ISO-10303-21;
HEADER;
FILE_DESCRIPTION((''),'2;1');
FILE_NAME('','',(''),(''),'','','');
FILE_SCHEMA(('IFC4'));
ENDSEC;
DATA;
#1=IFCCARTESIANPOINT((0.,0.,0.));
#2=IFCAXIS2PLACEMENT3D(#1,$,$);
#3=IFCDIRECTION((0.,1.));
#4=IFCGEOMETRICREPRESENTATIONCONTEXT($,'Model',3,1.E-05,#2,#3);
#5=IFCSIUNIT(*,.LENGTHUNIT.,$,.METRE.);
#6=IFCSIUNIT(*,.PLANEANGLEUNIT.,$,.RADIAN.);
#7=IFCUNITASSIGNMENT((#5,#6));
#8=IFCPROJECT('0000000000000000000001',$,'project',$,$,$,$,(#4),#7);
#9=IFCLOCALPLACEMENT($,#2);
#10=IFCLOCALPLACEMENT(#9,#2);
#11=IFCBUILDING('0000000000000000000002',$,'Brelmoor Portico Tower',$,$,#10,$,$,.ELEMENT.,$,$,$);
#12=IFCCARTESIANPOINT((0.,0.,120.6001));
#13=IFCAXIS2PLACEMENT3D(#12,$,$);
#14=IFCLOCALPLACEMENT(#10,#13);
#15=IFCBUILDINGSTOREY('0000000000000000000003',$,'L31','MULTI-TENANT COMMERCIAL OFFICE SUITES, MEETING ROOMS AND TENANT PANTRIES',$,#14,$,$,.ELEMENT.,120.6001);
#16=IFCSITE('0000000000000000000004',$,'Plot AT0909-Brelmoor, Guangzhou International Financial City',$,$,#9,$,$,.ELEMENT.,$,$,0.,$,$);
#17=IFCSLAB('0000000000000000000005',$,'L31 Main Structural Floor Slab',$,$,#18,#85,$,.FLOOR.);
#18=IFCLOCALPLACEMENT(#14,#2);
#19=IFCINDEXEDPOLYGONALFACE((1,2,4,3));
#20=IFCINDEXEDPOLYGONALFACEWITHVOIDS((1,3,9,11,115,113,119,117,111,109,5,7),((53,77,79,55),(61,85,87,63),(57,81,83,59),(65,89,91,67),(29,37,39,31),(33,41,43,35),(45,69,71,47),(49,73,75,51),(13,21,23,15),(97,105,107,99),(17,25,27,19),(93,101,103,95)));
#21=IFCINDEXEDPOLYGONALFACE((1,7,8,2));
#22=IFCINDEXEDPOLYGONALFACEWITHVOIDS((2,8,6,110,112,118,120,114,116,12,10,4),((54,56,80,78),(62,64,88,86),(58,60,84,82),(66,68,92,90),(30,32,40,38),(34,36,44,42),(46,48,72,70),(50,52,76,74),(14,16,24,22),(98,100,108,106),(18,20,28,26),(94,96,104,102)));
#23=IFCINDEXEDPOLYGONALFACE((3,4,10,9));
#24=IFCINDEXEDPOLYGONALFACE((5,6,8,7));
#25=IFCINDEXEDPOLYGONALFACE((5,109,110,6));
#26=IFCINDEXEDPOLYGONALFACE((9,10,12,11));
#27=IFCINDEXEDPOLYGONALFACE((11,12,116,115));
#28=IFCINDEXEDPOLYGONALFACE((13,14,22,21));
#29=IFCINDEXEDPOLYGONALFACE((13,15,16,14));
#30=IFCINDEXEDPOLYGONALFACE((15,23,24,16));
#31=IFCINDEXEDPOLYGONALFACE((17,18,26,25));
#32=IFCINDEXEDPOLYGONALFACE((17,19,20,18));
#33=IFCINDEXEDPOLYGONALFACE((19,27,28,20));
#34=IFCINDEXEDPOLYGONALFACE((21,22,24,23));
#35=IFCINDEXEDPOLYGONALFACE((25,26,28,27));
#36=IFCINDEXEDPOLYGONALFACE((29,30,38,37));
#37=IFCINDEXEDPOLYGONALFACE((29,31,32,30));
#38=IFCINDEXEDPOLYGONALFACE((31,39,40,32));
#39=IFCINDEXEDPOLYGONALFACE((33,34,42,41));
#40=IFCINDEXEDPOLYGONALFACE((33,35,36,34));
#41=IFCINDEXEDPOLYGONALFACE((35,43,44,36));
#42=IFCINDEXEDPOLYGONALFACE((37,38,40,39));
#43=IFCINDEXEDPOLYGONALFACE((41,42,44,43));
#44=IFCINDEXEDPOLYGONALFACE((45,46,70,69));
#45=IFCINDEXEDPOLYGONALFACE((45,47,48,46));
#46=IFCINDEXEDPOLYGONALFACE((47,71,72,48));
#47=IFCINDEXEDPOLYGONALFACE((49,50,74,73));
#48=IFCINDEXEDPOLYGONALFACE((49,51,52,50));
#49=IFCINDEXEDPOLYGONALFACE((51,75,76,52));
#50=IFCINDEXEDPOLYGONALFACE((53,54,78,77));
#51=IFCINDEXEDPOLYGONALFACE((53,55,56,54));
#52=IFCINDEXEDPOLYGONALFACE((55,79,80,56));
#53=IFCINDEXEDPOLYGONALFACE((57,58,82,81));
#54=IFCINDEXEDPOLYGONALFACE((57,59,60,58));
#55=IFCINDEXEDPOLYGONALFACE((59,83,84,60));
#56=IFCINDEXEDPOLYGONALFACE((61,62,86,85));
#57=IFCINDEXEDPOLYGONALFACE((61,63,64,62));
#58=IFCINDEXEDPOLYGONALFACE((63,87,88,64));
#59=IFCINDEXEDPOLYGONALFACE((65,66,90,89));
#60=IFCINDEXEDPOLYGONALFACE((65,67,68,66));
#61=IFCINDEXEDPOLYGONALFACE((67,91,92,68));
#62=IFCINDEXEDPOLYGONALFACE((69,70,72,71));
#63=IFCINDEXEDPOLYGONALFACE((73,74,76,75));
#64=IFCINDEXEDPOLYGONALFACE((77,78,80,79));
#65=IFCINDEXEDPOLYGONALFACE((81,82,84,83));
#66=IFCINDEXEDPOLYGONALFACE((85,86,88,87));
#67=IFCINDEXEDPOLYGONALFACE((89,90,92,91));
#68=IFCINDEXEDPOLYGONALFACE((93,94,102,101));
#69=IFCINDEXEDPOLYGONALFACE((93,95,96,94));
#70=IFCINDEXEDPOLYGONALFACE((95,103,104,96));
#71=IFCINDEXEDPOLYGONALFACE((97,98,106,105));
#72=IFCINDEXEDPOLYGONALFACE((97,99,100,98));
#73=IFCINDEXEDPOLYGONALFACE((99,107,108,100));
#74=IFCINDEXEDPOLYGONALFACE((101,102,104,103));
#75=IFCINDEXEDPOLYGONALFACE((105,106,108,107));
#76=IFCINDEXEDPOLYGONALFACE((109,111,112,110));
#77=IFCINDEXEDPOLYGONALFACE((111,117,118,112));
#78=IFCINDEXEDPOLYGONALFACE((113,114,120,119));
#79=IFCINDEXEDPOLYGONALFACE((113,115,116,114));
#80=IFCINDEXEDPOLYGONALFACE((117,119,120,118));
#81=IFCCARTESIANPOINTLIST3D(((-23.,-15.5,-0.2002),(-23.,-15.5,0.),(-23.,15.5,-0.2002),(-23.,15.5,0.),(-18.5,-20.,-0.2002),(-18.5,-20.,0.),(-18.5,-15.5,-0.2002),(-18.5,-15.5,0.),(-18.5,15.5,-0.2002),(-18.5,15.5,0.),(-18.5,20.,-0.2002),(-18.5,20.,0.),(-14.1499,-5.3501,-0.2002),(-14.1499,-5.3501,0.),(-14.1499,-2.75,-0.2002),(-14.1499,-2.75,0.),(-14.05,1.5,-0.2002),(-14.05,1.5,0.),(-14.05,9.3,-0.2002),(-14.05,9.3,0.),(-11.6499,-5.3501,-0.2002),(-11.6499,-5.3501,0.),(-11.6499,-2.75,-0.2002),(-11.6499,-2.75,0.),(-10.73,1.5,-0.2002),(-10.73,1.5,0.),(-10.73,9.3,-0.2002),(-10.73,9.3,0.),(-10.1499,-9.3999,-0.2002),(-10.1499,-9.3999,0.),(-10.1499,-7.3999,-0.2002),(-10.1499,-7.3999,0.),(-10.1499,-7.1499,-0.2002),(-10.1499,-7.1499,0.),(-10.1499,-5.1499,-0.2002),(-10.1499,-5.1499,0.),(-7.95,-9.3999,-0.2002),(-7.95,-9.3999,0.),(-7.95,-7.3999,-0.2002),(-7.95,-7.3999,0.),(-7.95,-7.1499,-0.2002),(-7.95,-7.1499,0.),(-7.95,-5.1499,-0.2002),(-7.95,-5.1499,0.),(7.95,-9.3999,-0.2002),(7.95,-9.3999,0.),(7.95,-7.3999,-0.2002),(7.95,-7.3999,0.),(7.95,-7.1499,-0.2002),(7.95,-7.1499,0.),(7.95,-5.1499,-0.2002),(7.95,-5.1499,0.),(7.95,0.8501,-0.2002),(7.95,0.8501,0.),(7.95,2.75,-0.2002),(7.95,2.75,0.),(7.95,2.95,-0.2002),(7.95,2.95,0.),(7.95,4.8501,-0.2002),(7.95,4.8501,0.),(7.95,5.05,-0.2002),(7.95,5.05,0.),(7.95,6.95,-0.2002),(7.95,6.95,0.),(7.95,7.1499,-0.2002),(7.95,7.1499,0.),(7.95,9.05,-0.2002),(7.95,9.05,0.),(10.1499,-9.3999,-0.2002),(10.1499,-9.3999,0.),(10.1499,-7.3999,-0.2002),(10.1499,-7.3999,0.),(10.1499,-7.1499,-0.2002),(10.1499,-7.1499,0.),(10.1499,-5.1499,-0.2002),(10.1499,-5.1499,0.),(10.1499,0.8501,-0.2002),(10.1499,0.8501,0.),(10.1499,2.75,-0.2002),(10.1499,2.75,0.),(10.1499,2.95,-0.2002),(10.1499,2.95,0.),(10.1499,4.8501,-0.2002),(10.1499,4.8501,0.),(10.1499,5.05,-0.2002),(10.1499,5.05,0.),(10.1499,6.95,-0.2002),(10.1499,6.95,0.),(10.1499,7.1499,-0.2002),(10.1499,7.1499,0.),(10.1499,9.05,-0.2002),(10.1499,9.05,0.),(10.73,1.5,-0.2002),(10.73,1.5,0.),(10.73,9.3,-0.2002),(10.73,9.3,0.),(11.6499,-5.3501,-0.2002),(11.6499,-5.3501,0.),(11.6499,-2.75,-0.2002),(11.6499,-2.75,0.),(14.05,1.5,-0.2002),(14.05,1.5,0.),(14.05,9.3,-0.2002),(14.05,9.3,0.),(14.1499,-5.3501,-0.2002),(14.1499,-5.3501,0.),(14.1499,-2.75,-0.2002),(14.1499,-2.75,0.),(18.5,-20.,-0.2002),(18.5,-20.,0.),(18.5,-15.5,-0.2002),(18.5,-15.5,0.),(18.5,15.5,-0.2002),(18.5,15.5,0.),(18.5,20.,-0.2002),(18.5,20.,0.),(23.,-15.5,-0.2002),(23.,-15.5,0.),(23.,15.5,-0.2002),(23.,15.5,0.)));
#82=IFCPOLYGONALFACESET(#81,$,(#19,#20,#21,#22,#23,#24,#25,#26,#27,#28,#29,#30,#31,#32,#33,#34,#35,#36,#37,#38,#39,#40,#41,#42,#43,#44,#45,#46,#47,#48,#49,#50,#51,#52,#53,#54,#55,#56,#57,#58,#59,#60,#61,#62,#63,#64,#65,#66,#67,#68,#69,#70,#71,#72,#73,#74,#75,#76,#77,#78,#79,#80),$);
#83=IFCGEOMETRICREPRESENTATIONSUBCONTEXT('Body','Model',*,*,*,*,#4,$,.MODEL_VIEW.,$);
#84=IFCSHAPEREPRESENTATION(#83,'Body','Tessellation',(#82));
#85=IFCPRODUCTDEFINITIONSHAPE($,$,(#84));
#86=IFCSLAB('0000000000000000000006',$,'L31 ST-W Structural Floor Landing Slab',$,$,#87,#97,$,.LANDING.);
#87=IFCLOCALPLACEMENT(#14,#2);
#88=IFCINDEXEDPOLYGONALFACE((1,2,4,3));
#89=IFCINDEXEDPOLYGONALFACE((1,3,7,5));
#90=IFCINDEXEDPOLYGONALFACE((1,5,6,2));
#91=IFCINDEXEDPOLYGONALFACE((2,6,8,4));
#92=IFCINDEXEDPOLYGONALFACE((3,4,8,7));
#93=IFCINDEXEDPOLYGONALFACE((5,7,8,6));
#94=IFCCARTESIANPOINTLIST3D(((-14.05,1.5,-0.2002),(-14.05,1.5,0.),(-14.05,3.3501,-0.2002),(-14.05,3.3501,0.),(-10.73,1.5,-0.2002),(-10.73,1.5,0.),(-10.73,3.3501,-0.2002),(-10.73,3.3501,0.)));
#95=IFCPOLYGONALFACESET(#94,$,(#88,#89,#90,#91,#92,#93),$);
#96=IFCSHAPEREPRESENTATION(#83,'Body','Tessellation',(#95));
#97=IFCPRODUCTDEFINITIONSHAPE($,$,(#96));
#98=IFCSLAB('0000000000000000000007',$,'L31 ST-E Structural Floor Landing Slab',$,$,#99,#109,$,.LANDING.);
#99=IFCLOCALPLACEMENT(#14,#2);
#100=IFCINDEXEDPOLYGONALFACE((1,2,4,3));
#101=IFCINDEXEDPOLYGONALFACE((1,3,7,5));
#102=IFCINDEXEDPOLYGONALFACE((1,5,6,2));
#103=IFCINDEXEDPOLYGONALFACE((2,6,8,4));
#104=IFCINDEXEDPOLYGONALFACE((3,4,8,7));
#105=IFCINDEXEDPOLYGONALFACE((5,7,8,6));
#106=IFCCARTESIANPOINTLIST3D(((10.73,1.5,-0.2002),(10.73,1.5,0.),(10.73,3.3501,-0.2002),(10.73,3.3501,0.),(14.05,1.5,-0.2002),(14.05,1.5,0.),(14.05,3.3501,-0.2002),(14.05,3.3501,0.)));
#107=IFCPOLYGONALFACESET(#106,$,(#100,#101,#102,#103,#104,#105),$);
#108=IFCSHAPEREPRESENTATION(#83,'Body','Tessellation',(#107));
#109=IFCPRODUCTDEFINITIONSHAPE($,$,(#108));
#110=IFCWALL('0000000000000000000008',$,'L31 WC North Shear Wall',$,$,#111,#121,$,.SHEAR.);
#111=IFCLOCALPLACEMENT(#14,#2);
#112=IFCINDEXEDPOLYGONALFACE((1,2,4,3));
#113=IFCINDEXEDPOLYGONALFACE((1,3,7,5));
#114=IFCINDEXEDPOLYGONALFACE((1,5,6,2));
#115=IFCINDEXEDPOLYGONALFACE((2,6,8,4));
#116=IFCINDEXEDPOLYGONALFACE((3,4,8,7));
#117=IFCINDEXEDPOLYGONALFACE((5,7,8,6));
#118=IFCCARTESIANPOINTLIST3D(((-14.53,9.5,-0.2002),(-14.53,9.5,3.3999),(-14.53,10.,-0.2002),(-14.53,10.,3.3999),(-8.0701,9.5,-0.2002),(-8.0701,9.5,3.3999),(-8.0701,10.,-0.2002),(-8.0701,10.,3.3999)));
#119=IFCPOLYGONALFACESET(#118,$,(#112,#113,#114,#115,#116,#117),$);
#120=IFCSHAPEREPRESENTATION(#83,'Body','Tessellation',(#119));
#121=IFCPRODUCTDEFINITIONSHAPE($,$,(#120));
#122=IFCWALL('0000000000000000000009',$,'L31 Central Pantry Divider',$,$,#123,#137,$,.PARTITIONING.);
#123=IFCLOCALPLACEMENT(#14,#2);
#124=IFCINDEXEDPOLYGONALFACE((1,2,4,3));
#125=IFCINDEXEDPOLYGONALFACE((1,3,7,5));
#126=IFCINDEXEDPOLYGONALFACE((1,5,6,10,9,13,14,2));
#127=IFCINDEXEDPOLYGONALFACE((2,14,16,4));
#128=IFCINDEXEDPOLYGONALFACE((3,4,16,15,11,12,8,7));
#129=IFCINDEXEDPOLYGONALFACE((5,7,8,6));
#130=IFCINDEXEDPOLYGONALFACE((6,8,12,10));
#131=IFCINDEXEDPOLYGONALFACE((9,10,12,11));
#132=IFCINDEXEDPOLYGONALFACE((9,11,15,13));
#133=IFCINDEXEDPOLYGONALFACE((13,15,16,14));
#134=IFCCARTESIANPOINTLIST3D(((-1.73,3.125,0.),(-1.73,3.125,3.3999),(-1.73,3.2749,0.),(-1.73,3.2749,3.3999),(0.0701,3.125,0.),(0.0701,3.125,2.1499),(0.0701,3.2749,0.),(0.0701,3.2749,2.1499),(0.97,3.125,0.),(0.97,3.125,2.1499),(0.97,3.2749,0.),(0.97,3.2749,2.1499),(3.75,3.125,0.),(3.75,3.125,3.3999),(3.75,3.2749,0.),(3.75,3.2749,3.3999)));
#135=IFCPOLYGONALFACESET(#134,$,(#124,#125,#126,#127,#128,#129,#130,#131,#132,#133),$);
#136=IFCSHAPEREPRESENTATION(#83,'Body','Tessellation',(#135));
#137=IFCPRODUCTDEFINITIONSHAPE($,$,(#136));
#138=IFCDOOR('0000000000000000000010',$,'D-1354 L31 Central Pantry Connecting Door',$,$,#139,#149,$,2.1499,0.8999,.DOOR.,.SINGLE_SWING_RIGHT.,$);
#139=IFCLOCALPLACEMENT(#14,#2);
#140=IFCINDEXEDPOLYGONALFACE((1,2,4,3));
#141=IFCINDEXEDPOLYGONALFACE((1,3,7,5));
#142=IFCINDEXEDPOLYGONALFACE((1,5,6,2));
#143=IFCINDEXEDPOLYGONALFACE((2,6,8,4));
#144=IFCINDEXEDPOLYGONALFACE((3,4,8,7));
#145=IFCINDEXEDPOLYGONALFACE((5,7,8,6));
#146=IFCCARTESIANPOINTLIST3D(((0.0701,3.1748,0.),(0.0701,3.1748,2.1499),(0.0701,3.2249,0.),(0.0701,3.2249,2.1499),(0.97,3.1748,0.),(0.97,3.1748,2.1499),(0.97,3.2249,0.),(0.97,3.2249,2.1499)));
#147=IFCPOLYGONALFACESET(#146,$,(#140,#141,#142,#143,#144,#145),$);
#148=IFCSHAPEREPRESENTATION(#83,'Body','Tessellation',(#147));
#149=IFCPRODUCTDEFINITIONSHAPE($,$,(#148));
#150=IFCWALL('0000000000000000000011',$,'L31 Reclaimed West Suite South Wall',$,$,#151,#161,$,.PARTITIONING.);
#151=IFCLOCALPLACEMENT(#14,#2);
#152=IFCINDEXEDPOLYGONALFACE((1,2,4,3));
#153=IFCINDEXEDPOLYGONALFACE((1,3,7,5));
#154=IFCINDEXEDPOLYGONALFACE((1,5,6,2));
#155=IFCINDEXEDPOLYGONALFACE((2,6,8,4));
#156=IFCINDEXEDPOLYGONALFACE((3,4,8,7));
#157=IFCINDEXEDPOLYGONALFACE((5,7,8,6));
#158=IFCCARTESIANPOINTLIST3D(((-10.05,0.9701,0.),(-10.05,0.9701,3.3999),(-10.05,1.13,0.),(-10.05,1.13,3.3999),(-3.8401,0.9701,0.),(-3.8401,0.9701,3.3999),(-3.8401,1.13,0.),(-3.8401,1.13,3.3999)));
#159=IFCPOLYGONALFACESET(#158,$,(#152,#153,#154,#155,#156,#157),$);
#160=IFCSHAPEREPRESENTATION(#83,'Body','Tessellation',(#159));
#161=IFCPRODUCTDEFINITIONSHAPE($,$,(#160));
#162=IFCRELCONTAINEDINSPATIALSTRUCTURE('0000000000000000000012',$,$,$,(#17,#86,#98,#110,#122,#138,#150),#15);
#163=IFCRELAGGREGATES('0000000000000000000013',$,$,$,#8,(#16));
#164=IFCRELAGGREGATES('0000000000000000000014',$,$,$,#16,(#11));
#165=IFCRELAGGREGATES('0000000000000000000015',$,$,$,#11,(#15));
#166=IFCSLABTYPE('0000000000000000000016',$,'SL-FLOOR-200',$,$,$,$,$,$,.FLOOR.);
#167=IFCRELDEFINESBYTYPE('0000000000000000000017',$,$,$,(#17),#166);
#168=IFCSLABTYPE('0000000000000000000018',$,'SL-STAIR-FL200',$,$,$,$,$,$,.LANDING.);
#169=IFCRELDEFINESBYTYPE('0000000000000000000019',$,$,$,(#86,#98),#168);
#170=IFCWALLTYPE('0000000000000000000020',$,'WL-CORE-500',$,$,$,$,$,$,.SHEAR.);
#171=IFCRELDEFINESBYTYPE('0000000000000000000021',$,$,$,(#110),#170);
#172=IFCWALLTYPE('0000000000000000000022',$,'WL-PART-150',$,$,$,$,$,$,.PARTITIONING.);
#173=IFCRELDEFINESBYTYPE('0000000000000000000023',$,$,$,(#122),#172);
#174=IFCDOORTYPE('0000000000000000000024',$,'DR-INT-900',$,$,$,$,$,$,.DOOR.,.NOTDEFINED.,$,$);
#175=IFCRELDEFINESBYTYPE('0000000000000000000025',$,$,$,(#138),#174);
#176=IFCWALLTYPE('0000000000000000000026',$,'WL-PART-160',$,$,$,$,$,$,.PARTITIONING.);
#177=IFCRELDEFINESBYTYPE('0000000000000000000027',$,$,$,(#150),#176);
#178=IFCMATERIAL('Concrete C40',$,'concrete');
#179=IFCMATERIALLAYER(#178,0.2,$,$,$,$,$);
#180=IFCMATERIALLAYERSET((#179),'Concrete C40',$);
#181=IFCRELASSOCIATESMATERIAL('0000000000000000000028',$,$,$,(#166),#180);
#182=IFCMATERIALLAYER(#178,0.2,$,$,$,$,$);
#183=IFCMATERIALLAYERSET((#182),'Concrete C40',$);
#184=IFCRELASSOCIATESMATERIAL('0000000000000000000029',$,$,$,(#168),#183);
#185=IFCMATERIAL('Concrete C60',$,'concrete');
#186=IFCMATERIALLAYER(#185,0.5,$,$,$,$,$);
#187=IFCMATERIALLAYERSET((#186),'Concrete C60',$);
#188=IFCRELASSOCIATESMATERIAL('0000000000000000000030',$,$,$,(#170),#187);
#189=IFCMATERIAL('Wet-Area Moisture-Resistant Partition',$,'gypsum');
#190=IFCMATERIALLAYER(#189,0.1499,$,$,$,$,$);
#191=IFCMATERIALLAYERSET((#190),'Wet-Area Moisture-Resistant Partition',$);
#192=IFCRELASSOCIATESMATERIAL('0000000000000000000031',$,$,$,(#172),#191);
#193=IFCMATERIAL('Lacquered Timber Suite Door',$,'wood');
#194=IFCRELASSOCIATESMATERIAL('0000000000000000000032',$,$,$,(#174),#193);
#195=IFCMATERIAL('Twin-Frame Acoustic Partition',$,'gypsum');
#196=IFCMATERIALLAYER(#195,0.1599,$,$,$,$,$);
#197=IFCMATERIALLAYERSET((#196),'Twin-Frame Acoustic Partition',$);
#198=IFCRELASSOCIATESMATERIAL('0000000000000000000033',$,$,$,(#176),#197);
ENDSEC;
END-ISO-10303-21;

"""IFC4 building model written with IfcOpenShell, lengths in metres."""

from ifc_helpers import new_model, si_unit, direction, frame, frame_2d, origin, place, context, subcontext, project, spatial, polyline, rectangle, outline, extrude, material, layer, layer_set, type_object, element, fill, save


model = new_model("IFC4")

# Units and contexts
model_context = context("Model", 3, precision=1e-05, world=origin(), true_north=direction((0.0, 1.0)))
body_context = subcontext(model_context, "Body", "Model", "MODEL_VIEW")
ifc_project = project(units=[si_unit("LENGTHUNIT", "METRE"), si_unit("PLANEANGLEUNIT", "RADIAN")], contexts=[model_context])

# Site, building, storey
site_placement = place(None, origin())
site = spatial("IfcSite", under=ifc_project, at=site_placement, Name="Plot AT0909-Brelmoor, Guangzhou International Financial City", CompositionType="ELEMENT", RefElevation=0.0)
building_placement = place(site_placement, origin())
building = spatial("IfcBuilding", under=site, at=building_placement, Name="Brelmoor Portico Tower", CompositionType="ELEMENT")
storey_placement = place(building_placement, frame((0.0, 0.0, 120.6001)))
storey = spatial("IfcBuildingStorey", under=building, at=storey_placement, Name="L31", Description="MULTI-TENANT COMMERCIAL OFFICE SUITES, MEETING ROOMS AND TENANT PANTRIES", CompositionType="ELEMENT", Elevation=120.6001)

# Slabs
ifc_material_1 = material(Name="Concrete C40", Category="concrete")
ifc_layer_1 = layer(ifc_material_1, 0.2)
ifc_layer_set_1 = layer_set([ifc_layer_1], Name="Concrete C40")
slab_type_1 = type_object("IfcSlabType", Name="SL-FLOOR-200", PredefinedType="FLOOR", material=ifc_layer_set_1)
slab_1_placement = place(storey_placement, frame((0.0, 0.0, -0.2002)))
element("IfcSlab", 1, at=slab_1_placement, inside=storey, type_object=slab_type_1, Name="L31 Main Structural Floor Slab", PredefinedType="FLOOR", context=body_context, shape_type="SweptSolid", body=[
    extrude(outline(polyline([(-18.5, -20.0), (18.5, -20.0), (18.5, -15.5), (23.0, -15.5), (23.0, 15.5), (18.5, 15.5), (18.5, 20.0), (-18.5, 20.0), (-18.5, 15.5), (-23.0, 15.5), (-23.0, -15.5), (-18.5, -15.5), (-18.5, -20.0)]), holes=[polyline([(-10.73, 1.5), (-10.73, 9.3), (-14.05, 9.3), (-14.05, 1.5), (-10.73, 1.5)]), polyline([(14.05, 1.5), (14.05, 9.3), (10.73, 9.3), (10.73, 1.5), (14.05, 1.5)]), polyline([(7.95, 0.8501), (10.1499, 0.8501), (10.1499, 2.75), (7.95, 2.75), (7.95, 0.8501)]), polyline([(7.95, 2.95), (10.1499, 2.95), (10.1499, 4.8501), (7.95, 4.8501), (7.95, 2.95)]), polyline([(7.95, 5.05), (10.1499, 5.05), (10.1499, 6.95), (7.95, 6.95), (7.95, 5.05)]), polyline([(7.95, 7.1499), (10.1499, 7.1499), (10.1499, 9.05), (7.95, 9.05), (7.95, 7.1499)]), polyline([(-10.1499, -9.3999), (-7.95, -9.3999), (-7.95, -7.3999), (-10.1499, -7.3999), (-10.1499, -9.3999)]), polyline([(-10.1499, -7.1499), (-7.95, -7.1499), (-7.95, -5.1499), (-10.1499, -5.1499), (-10.1499, -7.1499)]), polyline([(7.95, -9.3999), (10.1499, -9.3999), (10.1499, -7.3999), (7.95, -7.3999), (7.95, -9.3999)]), polyline([(7.95, -7.1499), (10.1499, -7.1499), (10.1499, -5.1499), (7.95, -5.1499), (7.95, -7.1499)]), polyline([(-14.1499, -5.3501), (-11.6499, -5.3501), (-11.6499, -2.75), (-14.1499, -2.75), (-14.1499, -5.3501)]), polyline([(11.6499, -5.3501), (14.1499, -5.3501), (14.1499, -2.75), (11.6499, -2.75), (11.6499, -5.3501)])]), origin(), (0.0, 0.0, 1.0), 0.2002),
])
ifc_layer_2 = layer(ifc_material_1, 0.2)
ifc_layer_set_2 = layer_set([ifc_layer_2], Name="Concrete C40")
slab_type_2 = type_object("IfcSlabType", Name="SL-STAIR-FL200", PredefinedType="LANDING", material=ifc_layer_set_2)
slab_2_placement = place(storey_placement, frame((0.0, 0.0, -0.2002)))
element("IfcSlab", 2, at=slab_2_placement, inside=storey, type_object=slab_type_2, Name="L31 ST-W Structural Floor Landing Slab", PredefinedType="LANDING", context=body_context, shape_type="SweptSolid", body=[
    extrude(outline(polyline([(-10.73, 1.5), (-10.73, 3.3501), (-14.05, 3.3501), (-14.05, 1.5), (-10.73, 1.5)])), origin(), (0.0, 0.0, 1.0), 0.2002),
])
slab_3_placement = place(storey_placement, frame((0.0, 0.0, -0.2002)))
element("IfcSlab", 3, at=slab_3_placement, inside=storey, type_object=slab_type_2, Name="L31 ST-E Structural Floor Landing Slab", PredefinedType="LANDING", context=body_context, shape_type="SweptSolid", body=[
    extrude(outline(polyline([(14.05, 1.5), (14.05, 3.3501), (10.73, 3.3501), (10.73, 1.5), (14.05, 1.5)])), origin(), (0.0, 0.0, 1.0), 0.2002),
])

# Wall
ifc_material_2 = material(Name="Concrete C60", Category="concrete")
ifc_layer_3 = layer(ifc_material_2, 0.5)
ifc_layer_set_3 = layer_set([ifc_layer_3], Name="Concrete C60")
wall_type_1 = type_object("IfcWallType", Name="WL-CORE-500", PredefinedType="SHEAR", material=ifc_layer_set_3)
wall_1_placement = place(storey_placement, frame((-14.53, 9.75, -0.2002), z_axis=(0.0, 0.0, 1.0), x_axis=(1.0, 0.0, 0.0)))
element("IfcWall", 4, at=wall_1_placement, inside=storey, type_object=wall_type_1, Name="L31 WC North Shear Wall", PredefinedType="SHEAR", context=body_context, shape_type="SweptSolid", body=[
    extrude(rectangle(XDim=6.46, YDim=0.5, at=frame_2d((3.23, 0.0))), origin(), (0.0, 0.0, 1.0), 3.6001),
])

# Wall, opening, door
ifc_material_3 = material(Name="Wet-Area Moisture-Resistant Partition", Category="gypsum")
ifc_layer_4 = layer(ifc_material_3, 0.1499)
ifc_layer_set_4 = layer_set([ifc_layer_4], Name="Wet-Area Moisture-Resistant Partition")
wall_type_2 = type_object("IfcWallType", Name="WL-PART-150", PredefinedType="PARTITIONING", material=ifc_layer_set_4)
wall_2_placement = place(storey_placement, frame((-1.73, 3.2, 0.0), z_axis=(0.0, 0.0, 1.0), x_axis=(1.0, 0.0, 0.0)))
wall_2 = element("IfcWall", 5, at=wall_2_placement, inside=storey, type_object=wall_type_2, Name="L31 Central Pantry Divider", PredefinedType="PARTITIONING", context=body_context, shape_type="SweptSolid", body=[
    extrude(rectangle(XDim=5.48, YDim=0.1499, at=frame_2d((2.74, 0.0))), origin(), (0.0, 0.0, 1.0), 3.3999),
])
opening_1_placement = place(wall_2_placement, frame((1.8, 0.0, 0.0)))
opening_1 = element("IfcOpeningElement", 6, at=opening_1_placement, cuts=wall_2, PredefinedType="OPENING", context=body_context, shape_type="SweptSolid", body=[
    extrude(rectangle(XDim=0.8999, YDim=2.1499, at=frame_2d((0.45, 1.075))), frame((0.0, 0.085, 0.0), z_axis=(0.0, -1.0, 0.0), x_axis=(1.0, 0.0, 0.0)), (0.0, 0.0, 1.0), 0.1699),
])
ifc_material_4 = material(Name="Lacquered Timber Suite Door", Category="wood")
door_type_1 = type_object("IfcDoorType", Name="DR-INT-900", OperationType="NOTDEFINED", PredefinedType="DOOR", material=ifc_material_4)
door_1_placement = place(opening_1_placement, origin())
door_1 = element("IfcDoor", 7, at=door_1_placement, inside=storey, type_object=door_type_1, Name="D-1354 L31 Central Pantry Connecting Door", OperationType="SINGLE_SWING_RIGHT", OverallHeight=2.1499, OverallWidth=0.8999, PredefinedType="DOOR", context=body_context, shape_type="SweptSolid", body=[
    extrude(rectangle(XDim=0.8999, YDim=2.1499, at=frame_2d((0.45, 1.075))), frame((0.0, 0.0249, 0.0), z_axis=(0.0, -1.0, 0.0), x_axis=(1.0, 0.0, 0.0)), (0.0, 0.0, 1.0), 0.05),
])
fill(opening_1, door_1)

# Wall
ifc_material_5 = material(Name="Twin-Frame Acoustic Partition", Category="gypsum")
ifc_layer_5 = layer(ifc_material_5, 0.1599)
ifc_layer_set_5 = layer_set([ifc_layer_5], Name="Twin-Frame Acoustic Partition")
wall_type_3 = type_object("IfcWallType", Name="WL-PART-160", PredefinedType="PARTITIONING", material=ifc_layer_set_5)
wall_3_placement = place(storey_placement, frame((-10.05, 1.05, 0.0), z_axis=(0.0, 0.0, 1.0), x_axis=(1.0, 0.0, 0.0)))
element("IfcWall", 8, at=wall_3_placement, inside=storey, type_object=wall_type_3, Name="L31 Reclaimed West Suite South Wall", PredefinedType="PARTITIONING", context=body_context, shape_type="SweptSolid", body=[
    extrude(rectangle(XDim=6.21, YDim=0.1599, at=frame_2d((3.105, 0.0))), origin(), (0.0, 0.0, 1.0), 3.3999),
])

save(model, "model.ifc")
